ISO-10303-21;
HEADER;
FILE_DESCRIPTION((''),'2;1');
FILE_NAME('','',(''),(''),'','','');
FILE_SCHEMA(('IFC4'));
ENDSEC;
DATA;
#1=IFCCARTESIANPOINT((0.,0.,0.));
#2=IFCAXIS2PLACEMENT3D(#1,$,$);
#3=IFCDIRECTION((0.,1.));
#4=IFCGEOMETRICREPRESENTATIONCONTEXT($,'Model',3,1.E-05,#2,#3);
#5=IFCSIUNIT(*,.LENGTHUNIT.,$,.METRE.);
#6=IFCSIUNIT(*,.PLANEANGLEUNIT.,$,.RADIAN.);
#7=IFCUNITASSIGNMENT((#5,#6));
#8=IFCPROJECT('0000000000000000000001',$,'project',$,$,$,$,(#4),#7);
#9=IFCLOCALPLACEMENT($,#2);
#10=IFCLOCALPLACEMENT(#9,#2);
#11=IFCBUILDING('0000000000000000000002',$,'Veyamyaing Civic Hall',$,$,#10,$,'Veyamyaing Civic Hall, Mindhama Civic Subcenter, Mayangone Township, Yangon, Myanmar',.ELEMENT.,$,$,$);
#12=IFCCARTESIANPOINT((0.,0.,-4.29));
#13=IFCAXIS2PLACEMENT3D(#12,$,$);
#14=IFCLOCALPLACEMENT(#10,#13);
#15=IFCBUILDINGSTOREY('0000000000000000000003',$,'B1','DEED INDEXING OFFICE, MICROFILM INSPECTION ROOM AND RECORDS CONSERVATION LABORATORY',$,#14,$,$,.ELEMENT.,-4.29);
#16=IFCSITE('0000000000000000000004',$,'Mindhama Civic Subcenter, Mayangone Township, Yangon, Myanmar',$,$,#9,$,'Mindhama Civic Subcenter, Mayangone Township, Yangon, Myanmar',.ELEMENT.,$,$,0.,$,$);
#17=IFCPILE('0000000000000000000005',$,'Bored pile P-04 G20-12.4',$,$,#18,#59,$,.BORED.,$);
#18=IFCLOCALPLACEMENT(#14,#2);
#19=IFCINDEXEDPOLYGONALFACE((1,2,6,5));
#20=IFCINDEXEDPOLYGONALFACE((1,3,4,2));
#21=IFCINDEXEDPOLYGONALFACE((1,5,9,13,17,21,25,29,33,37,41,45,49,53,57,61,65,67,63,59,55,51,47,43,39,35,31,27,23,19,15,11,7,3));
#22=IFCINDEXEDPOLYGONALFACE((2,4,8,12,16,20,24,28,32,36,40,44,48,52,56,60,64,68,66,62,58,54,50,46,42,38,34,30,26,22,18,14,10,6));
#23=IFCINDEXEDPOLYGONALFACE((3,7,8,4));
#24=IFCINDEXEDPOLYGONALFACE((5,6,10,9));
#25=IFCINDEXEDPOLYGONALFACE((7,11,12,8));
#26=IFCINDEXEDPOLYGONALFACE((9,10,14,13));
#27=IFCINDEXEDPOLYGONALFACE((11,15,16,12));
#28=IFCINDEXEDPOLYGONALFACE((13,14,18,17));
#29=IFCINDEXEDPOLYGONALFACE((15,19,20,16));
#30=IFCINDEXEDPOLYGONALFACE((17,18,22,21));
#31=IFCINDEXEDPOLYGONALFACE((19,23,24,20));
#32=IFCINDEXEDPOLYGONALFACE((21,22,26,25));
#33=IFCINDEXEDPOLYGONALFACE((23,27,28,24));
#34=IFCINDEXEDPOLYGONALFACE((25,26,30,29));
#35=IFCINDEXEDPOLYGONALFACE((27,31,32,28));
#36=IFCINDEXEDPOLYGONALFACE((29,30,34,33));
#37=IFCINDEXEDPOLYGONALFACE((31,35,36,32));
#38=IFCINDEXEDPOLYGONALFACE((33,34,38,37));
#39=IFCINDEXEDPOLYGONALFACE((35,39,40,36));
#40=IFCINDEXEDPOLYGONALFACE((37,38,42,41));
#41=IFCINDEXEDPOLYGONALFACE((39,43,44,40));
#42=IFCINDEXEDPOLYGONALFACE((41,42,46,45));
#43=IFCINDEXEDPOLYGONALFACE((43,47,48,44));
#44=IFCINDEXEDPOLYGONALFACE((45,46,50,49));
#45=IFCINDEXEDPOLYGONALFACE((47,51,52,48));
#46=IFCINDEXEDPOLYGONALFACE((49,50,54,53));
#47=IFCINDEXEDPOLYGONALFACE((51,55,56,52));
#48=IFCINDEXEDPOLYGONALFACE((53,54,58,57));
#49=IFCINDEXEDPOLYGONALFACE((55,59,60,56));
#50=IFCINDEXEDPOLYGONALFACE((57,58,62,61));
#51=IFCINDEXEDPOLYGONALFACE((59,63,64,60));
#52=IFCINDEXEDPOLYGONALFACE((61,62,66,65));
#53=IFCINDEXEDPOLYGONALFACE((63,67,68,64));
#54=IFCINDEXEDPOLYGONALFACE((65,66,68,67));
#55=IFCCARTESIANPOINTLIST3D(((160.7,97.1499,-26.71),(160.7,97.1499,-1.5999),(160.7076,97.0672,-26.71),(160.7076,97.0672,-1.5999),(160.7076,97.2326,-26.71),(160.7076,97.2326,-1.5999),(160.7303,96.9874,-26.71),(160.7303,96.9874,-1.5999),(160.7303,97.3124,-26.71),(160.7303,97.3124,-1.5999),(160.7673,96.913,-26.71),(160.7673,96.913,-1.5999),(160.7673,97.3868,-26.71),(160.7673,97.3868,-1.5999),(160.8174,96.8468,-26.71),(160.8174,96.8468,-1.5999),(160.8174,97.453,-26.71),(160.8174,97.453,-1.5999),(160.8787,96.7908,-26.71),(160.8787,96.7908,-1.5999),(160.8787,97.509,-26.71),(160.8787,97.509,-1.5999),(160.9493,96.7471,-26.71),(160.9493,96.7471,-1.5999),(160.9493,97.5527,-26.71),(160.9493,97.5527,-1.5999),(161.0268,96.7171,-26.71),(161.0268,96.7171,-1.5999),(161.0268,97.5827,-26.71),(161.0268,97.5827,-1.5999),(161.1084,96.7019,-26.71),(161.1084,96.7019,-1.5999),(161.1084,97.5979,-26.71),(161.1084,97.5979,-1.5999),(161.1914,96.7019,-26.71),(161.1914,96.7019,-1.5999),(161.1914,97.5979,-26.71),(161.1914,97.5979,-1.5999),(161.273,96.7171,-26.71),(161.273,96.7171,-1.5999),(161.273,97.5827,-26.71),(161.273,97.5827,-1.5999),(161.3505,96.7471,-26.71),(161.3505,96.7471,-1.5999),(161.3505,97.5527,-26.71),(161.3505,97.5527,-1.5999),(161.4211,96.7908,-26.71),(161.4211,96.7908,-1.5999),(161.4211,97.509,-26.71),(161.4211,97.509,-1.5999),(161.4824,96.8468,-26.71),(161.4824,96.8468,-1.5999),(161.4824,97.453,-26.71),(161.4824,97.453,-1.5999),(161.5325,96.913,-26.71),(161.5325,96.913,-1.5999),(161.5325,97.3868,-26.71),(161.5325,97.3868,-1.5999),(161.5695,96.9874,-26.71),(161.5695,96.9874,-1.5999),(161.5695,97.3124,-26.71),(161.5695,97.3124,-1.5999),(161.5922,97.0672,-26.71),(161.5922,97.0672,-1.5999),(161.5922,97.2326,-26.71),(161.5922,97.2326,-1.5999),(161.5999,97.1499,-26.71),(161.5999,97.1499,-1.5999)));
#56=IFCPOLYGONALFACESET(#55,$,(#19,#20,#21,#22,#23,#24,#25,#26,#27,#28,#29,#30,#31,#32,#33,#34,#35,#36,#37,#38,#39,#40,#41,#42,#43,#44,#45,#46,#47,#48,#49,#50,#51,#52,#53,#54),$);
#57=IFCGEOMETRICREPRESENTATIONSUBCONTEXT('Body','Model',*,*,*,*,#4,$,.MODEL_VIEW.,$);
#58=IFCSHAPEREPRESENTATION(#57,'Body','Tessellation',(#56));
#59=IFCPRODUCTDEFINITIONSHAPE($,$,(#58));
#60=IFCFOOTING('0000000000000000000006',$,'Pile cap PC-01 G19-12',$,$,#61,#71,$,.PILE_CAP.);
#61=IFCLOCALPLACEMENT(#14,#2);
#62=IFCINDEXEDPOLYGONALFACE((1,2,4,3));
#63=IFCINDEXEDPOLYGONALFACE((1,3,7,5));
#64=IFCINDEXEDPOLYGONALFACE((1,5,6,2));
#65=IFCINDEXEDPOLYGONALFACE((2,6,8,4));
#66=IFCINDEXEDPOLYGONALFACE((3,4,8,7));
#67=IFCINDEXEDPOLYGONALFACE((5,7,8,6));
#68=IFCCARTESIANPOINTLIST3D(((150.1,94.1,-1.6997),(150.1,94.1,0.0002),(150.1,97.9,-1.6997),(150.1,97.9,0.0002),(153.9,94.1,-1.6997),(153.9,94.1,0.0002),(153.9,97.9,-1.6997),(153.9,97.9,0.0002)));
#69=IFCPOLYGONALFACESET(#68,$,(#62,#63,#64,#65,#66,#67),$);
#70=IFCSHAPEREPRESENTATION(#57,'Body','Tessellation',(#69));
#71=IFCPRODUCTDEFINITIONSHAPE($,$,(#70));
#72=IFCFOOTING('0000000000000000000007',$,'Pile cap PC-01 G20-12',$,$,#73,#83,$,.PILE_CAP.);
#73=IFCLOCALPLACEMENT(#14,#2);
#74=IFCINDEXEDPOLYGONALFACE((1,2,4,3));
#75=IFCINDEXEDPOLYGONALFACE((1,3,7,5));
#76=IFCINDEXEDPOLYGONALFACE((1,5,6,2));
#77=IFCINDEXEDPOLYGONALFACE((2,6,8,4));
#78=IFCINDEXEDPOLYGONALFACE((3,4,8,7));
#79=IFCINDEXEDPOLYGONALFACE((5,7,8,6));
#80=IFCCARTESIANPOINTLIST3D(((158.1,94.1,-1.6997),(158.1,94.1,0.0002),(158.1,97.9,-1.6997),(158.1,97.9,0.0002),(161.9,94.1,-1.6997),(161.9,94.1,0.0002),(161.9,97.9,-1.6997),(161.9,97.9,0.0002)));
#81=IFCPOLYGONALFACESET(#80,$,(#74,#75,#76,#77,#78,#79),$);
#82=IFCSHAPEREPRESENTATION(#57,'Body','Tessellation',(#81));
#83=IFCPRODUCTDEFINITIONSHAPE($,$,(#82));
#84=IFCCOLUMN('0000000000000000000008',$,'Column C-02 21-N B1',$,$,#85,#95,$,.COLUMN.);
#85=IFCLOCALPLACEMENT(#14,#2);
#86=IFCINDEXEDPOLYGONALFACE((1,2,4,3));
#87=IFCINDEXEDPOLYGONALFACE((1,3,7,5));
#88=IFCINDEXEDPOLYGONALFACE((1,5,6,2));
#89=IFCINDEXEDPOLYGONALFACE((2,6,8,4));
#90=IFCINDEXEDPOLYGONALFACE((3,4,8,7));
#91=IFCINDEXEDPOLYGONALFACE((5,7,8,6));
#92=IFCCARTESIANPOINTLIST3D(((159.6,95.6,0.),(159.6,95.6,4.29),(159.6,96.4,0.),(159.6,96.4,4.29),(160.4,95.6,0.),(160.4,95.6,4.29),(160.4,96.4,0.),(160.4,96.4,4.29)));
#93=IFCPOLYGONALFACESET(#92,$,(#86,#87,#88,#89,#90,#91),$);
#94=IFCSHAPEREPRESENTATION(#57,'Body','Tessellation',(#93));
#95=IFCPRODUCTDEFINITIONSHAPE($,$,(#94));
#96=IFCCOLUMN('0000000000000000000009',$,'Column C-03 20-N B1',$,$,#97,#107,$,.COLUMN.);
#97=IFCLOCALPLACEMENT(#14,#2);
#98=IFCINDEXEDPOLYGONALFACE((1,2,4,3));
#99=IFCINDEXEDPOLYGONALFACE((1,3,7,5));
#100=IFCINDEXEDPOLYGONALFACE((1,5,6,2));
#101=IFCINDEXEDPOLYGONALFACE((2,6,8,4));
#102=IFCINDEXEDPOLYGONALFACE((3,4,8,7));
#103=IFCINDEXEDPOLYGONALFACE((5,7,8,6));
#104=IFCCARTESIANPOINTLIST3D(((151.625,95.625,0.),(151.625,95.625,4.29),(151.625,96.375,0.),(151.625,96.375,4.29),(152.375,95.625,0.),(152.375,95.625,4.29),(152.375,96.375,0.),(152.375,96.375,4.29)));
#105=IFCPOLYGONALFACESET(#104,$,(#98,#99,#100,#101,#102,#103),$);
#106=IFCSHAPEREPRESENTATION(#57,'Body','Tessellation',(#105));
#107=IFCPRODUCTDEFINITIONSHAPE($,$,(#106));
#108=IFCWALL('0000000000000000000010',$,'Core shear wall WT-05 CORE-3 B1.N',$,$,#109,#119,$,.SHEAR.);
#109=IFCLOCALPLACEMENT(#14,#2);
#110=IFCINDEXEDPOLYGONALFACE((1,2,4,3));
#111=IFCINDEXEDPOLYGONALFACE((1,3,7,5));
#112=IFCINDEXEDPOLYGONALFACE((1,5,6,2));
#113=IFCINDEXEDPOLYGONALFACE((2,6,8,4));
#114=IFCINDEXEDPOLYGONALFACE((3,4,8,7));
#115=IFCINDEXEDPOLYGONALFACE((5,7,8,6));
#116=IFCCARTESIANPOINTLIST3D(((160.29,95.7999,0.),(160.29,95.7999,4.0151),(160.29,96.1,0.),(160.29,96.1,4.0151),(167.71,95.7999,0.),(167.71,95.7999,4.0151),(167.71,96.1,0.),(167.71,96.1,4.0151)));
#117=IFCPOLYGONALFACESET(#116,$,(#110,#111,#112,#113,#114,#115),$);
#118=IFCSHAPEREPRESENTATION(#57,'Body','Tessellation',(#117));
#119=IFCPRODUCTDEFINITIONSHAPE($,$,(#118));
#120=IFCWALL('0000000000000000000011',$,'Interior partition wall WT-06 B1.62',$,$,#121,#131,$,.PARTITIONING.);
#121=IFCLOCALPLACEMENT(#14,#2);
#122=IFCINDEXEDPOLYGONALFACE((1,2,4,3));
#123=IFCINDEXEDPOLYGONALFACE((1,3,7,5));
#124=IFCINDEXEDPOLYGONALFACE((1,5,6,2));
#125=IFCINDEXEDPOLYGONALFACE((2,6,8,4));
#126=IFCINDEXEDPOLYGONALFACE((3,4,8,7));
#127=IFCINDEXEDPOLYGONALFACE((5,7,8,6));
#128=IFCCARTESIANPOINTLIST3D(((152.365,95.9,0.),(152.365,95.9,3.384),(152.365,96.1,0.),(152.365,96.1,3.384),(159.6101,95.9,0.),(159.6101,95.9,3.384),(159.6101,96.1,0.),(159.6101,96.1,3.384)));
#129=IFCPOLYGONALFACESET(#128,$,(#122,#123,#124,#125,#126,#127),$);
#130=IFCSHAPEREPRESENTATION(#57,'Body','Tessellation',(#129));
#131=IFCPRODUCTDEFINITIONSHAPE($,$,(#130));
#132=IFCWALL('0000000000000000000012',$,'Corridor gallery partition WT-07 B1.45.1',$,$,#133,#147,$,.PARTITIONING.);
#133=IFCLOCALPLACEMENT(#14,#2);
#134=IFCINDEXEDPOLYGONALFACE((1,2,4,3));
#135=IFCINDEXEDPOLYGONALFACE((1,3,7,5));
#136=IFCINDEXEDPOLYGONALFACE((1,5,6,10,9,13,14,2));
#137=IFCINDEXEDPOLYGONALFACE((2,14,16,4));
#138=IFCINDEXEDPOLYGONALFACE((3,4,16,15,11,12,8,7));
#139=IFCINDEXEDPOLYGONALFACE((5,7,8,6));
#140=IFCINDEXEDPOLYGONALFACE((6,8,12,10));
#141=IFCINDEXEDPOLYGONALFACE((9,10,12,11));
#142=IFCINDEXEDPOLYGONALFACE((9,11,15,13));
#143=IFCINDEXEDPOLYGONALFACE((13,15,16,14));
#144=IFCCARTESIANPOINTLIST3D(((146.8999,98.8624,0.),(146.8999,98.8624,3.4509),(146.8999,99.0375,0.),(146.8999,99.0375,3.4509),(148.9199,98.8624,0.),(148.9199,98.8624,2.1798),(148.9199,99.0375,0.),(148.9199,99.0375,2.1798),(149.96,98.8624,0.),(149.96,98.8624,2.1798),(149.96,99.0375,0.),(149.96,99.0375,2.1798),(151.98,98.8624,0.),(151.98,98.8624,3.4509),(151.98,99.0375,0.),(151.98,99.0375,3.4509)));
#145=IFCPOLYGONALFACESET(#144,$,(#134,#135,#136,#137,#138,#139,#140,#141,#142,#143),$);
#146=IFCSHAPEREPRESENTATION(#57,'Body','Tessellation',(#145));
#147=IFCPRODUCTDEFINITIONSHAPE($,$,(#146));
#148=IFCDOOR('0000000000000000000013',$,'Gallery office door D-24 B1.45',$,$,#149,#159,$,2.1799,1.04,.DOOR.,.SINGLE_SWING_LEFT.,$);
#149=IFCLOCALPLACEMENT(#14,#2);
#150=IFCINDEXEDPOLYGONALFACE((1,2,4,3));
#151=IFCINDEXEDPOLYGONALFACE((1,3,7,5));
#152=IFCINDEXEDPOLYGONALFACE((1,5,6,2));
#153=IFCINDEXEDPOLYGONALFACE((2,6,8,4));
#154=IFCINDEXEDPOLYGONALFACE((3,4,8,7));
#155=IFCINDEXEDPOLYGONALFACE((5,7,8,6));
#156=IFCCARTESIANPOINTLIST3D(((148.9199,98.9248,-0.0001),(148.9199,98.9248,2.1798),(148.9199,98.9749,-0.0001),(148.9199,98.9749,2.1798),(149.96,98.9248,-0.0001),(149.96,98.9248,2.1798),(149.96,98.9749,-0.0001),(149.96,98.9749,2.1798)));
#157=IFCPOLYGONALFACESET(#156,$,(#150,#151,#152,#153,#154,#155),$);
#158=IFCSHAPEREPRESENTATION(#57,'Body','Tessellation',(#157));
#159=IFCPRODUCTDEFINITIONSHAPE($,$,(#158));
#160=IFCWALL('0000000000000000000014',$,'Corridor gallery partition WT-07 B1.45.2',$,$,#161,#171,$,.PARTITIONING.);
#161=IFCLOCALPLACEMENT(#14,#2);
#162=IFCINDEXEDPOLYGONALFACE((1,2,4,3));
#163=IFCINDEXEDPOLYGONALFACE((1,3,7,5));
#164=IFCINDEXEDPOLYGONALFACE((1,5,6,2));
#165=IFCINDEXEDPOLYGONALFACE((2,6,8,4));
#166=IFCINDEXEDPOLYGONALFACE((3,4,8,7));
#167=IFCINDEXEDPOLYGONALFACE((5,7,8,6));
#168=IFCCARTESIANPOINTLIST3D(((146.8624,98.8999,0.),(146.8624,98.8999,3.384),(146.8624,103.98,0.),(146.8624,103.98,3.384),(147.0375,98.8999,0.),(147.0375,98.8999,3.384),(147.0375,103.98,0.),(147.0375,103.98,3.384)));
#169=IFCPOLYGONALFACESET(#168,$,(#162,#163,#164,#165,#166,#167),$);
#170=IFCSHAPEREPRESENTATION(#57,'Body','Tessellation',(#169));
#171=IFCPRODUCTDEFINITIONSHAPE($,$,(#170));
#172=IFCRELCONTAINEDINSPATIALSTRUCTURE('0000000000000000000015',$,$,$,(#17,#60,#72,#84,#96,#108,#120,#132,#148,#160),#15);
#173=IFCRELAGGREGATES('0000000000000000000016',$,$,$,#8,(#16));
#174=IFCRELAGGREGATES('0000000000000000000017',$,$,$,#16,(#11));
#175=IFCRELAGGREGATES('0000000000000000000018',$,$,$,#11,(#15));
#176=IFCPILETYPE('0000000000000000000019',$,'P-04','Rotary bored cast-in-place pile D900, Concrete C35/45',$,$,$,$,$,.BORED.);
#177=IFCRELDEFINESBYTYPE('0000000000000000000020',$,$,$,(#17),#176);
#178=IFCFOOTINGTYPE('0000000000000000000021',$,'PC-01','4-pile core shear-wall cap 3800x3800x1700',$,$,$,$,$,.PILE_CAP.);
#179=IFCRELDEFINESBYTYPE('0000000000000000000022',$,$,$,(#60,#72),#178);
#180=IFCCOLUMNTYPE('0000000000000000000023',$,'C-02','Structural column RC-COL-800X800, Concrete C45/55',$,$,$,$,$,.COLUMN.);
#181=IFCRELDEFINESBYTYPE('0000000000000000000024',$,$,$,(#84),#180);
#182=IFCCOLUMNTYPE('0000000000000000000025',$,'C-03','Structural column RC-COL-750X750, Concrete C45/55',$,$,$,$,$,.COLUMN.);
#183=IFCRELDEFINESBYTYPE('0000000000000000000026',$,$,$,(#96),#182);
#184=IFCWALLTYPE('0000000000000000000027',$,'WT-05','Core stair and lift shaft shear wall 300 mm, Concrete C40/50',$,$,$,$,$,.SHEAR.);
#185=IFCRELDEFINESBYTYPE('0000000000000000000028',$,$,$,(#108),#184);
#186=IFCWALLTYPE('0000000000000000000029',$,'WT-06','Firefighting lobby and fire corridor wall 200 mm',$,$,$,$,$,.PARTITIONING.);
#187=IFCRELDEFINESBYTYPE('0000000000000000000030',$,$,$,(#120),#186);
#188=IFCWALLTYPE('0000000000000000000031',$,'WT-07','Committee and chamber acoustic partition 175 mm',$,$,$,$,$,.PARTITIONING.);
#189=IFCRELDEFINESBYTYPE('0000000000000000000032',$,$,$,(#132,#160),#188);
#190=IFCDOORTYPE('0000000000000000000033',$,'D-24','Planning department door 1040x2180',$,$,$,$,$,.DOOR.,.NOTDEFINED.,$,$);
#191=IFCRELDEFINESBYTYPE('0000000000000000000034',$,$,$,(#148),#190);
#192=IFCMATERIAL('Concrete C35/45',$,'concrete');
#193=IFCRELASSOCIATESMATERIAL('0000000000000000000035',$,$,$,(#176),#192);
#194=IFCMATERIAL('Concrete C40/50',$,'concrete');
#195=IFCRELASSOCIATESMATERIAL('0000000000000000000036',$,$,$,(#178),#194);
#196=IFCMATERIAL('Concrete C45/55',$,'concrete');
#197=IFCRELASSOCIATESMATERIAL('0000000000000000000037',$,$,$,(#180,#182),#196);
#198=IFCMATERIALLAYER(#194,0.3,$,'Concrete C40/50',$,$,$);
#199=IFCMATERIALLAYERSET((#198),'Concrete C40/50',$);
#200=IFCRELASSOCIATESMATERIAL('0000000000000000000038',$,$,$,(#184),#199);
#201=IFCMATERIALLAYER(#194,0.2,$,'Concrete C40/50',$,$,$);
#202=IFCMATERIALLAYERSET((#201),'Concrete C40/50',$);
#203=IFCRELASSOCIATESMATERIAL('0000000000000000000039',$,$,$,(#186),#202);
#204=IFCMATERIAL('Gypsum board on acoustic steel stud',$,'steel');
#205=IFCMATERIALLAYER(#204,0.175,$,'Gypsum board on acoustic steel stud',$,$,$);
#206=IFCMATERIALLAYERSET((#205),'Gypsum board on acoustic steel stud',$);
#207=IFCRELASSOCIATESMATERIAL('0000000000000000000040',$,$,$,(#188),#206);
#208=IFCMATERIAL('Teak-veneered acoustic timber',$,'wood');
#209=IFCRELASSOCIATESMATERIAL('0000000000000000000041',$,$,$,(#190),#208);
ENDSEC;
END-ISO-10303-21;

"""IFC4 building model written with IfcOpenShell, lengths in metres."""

from ifc_helpers import new_model, si_unit, direction, frame, frame_2d, origin, origin_2d, place, context, subcontext, project, spatial, rectangle, circle, extrude, material, layer, layer_set, material_profile, profile_set, type_object, element, fill, save


model = new_model("IFC4")

# Units and contexts
model_context = context("Model", 3, precision=1e-05, world=origin(), true_north=direction((0.0, 1.0)))
body_context = subcontext(model_context, "Body", "Model", "MODEL_VIEW")
ifc_project = project(units=[si_unit("LENGTHUNIT", "METRE"), si_unit("PLANEANGLEUNIT", "RADIAN")], contexts=[model_context])

# Site, building, storey
site_placement = place(None, origin())
site = spatial("IfcSite", under=ifc_project, at=site_placement, Name="Mindhama Civic Subcenter, Mayangone Township, Yangon, Myanmar", LongName="Mindhama Civic Subcenter, Mayangone Township, Yangon, Myanmar", CompositionType="ELEMENT", RefElevation=0.0)
building_placement = place(site_placement, origin())
building = spatial("IfcBuilding", under=site, at=building_placement, Name="Veyamyaing Civic Hall", LongName="Veyamyaing Civic Hall, Mindhama Civic Subcenter, Mayangone Township, Yangon, Myanmar", CompositionType="ELEMENT")
storey_placement = place(building_placement, frame((0.0, 0.0, -4.29)))
storey = spatial("IfcBuildingStorey", under=building, at=storey_placement, Name="B1", Description="DEED INDEXING OFFICE, MICROFILM INSPECTION ROOM AND RECORDS CONSERVATION LABORATORY", CompositionType="ELEMENT", Elevation=-4.29)

# Shared definitions
ifc_material_1 = material(Name="Concrete C40/50", Category="concrete")

# Pile
ifc_material_2 = material(Name="Concrete C35/45", Category="concrete")
ifc_material_profile_1 = material_profile(ifc_material_2, circle(Radius=0.45, at=origin_2d()), Name="PILE-D900")
ifc_profile_set_1 = profile_set([ifc_material_profile_1], Name="Concrete C35/45")
pile_type = type_object("IfcPileType", Name="P-04", Description="Rotary bored cast-in-place pile D900, Concrete C35/45", PredefinedType="BORED", material=ifc_profile_set_1)
for number, where, z_axis, x_axis, name in (
    (1, (161.1499, 97.1499, -1.5999), (0.0, 0.0, -1.0), (1.0, 0.0, 0.0), "Bored pile P-04 G20-12.4"),
):
    element("IfcPile", number, at=place(storey_placement, frame(where, z_axis=z_axis, x_axis=x_axis)), inside=storey, type_object=pile_type, Name=name, PredefinedType="BORED", context=body_context, shape_type="SweptSolid", body=[
        extrude(circle(Radius=0.45, at=origin_2d()), origin(), (0.0, 0.0, 1.0), 25.1101),
    ])

# Footings
footing_type_1 = type_object("IfcFootingType", Name="PC-01", Description="4-pile core shear-wall cap 3800x3800x1700", PredefinedType="PILE_CAP", material=ifc_material_1)
for number, where, z_axis, x_axis, name in (
    (2, (152.0, 96.0, -1.6997), (0.0, 0.0, 1.0), (1.0, 0.0, 0.0), "Pile cap PC-01 G19-12"),
    (3, (160.0, 96.0, -1.6997), (0.0, 0.0, 1.0), (1.0, 0.0, 0.0), "Pile cap PC-01 G20-12"),
):
    element("IfcFooting", number, at=place(storey_placement, frame(where, z_axis=z_axis, x_axis=x_axis)), inside=storey, type_object=footing_type_1, Name=name, PredefinedType="PILE_CAP", context=body_context, shape_type="SweptSolid", body=[
        extrude(rectangle(XDim=3.8, YDim=3.8, at=origin_2d()), origin(), (0.0, 0.0, 1.0), 1.7),
    ])

# Columns
ifc_material_3 = material(Name="Concrete C45/55", Category="concrete")
ifc_material_profile_2 = material_profile(ifc_material_3, rectangle(XDim=0.8, YDim=0.8, at=origin_2d()), Name="RC-COL-800X800")
ifc_profile_set_2 = profile_set([ifc_material_profile_2], Name="Concrete C45/55")
column_type_1 = type_object("IfcColumnType", Name="C-02", Description="Structural column RC-COL-800X800, Concrete C45/55", PredefinedType="COLUMN", material=ifc_profile_set_2)
column_1_placement = place(storey_placement, frame((160.0, 96.0, 0.0), z_axis=(0.0, 0.0, 1.0), x_axis=(1.0, 0.0, 0.0)))
element("IfcColumn", 4, at=column_1_placement, inside=storey, type_object=column_type_1, Name="Column C-02 21-N B1", PredefinedType="COLUMN", context=body_context, shape_type="SweptSolid", body=[
    extrude(rectangle(XDim=0.8, YDim=0.8, at=origin_2d()), origin(), (0.0, 0.0, 1.0), 4.29),
])
ifc_material_profile_3 = material_profile(ifc_material_3, rectangle(XDim=0.75, YDim=0.75, at=origin_2d()), Name="RC-COL-750X750")
ifc_profile_set_3 = profile_set([ifc_material_profile_3], Name="Concrete C45/55")
column_type_2 = type_object("IfcColumnType", Name="C-03", Description="Structural column RC-COL-750X750, Concrete C45/55", PredefinedType="COLUMN", material=ifc_profile_set_3)
column_2_placement = place(storey_placement, frame((152.0, 96.0, 0.0), z_axis=(0.0, 0.0, 1.0), x_axis=(1.0, 0.0, 0.0)))
element("IfcColumn", 5, at=column_2_placement, inside=storey, type_object=column_type_2, Name="Column C-03 20-N B1", PredefinedType="COLUMN", context=body_context, shape_type="SweptSolid", body=[
    extrude(rectangle(XDim=0.75, YDim=0.75, at=origin_2d()), origin(), (0.0, 0.0, 1.0), 4.29),
])

# Walls
ifc_layer_1 = layer(ifc_material_1, 0.3, Name="Concrete C40/50")
ifc_layer_set_1 = layer_set([ifc_layer_1], Name="Concrete C40/50")
wall_type_1 = type_object("IfcWallType", Name="WT-05", Description="Core stair and lift shaft shear wall 300 mm, Concrete C40/50", PredefinedType="SHEAR", material=ifc_layer_set_1)
wall_1_placement = place(storey_placement, frame((160.29, 95.95, 0.0), z_axis=(0.0, 0.0, 1.0), x_axis=(1.0, 0.0, 0.0)))
element("IfcWall", 6, at=wall_1_placement, inside=storey, type_object=wall_type_1, Name="Core shear wall WT-05 CORE-3 B1.N", PredefinedType="SHEAR", context=body_context, shape_type="SweptSolid", body=[
    extrude(rectangle(XDim=7.4199, YDim=0.3, at=frame_2d((3.71, 0.0))), origin(), (0.0, 0.0, 1.0), 4.0151),
])
ifc_layer_2 = layer(ifc_material_1, 0.2, Name="Concrete C40/50")
ifc_layer_set_2 = layer_set([ifc_layer_2], Name="Concrete C40/50")
wall_type_2 = type_object("IfcWallType", Name="WT-06", Description="Firefighting lobby and fire corridor wall 200 mm", PredefinedType="PARTITIONING", material=ifc_layer_set_2)
wall_2_placement = place(storey_placement, frame((152.365, 96.0, 0.0), z_axis=(0.0, 0.0, 1.0), x_axis=(1.0, 0.0, 0.0)))
element("IfcWall", 7, at=wall_2_placement, inside=storey, type_object=wall_type_2, Name="Interior partition wall WT-06 B1.62", PredefinedType="PARTITIONING", context=body_context, shape_type="SweptSolid", body=[
    extrude(rectangle(XDim=7.2451, YDim=0.2, at=frame_2d((3.6226, 0.0))), origin(), (0.0, 0.0, 1.0), 3.384),
])

# Wall, opening, door
ifc_material_4 = material(Name="Gypsum board on acoustic steel stud", Category="steel")
ifc_layer_3 = layer(ifc_material_4, 0.175, Name="Gypsum board on acoustic steel stud")
ifc_layer_set_3 = layer_set([ifc_layer_3], Name="Gypsum board on acoustic steel stud")
wall_type_3 = type_object("IfcWallType", Name="WT-07", Description="Committee and chamber acoustic partition 175 mm", PredefinedType="PARTITIONING", material=ifc_layer_set_3)
wall_3_placement = place(storey_placement, frame((146.8999, 98.95, 0.0), z_axis=(0.0, 0.0, 1.0), x_axis=(1.0, 0.0, 0.0)))
wall_3 = element("IfcWall", 8, at=wall_3_placement, inside=storey, type_object=wall_type_3, Name="Corridor gallery partition WT-07 B1.45.1", PredefinedType="PARTITIONING", context=body_context, shape_type="SweptSolid", body=[
    extrude(rectangle(XDim=5.0801, YDim=0.175, at=frame_2d((2.54, 0.0))), origin(), (0.0, 0.0, 1.0), 3.4509),
])
opening_1_placement = place(wall_3_placement, frame((2.02, 0.0, 0.0)))
opening_1 = element("IfcOpeningElement", 9, at=opening_1_placement, cuts=wall_3, PredefinedType="OPENING", context=body_context, shape_type="SweptSolid", body=[
    extrude(rectangle(XDim=1.04, YDim=2.1799, at=frame_2d((0.52, 1.0898))), frame((0.0, 0.0974, 0.0), z_axis=(0.0, -1.0, 0.0), x_axis=(1.0, 0.0, 0.0)), (0.0, 0.0, 1.0), 0.1951),
])
ifc_material_5 = material(Name="Teak-veneered acoustic timber", Category="wood")
door_type_1 = type_object("IfcDoorType", Name="D-24", Description="Planning department door 1040x2180", OperationType="NOTDEFINED", PredefinedType="DOOR", material=ifc_material_5)
door_1_placement = place(opening_1_placement, origin())
door_1 = element("IfcDoor", 10, at=door_1_placement, inside=storey, type_object=door_type_1, Name="Gallery office door D-24 B1.45", OperationType="SINGLE_SWING_LEFT", OverallHeight=2.1799, OverallWidth=1.04, PredefinedType="DOOR", context=body_context, shape_type="SweptSolid", body=[
    extrude(rectangle(XDim=1.04, YDim=2.1799, at=frame_2d((0.52, 1.0898))), frame((0.0, 0.0249, 0.0), z_axis=(0.0, -1.0, 0.0), x_axis=(1.0, 0.0, 0.0)), (0.0, 0.0, 1.0), 0.05),
])
fill(opening_1, door_1)

# Wall
wall_4_placement = place(storey_placement, frame((146.95, 98.8999, 0.0), z_axis=(0.0, 0.0, 1.0), x_axis=(0.0, 1.0, 0.0)))
element("IfcWall", 11, at=wall_4_placement, inside=storey, type_object=wall_type_3, Name="Corridor gallery partition WT-07 B1.45.2", PredefinedType="PARTITIONING", context=body_context, shape_type="SweptSolid", body=[
    extrude(rectangle(XDim=5.0801, YDim=0.175, at=frame_2d((2.54, 0.0))), origin(), (0.0, 0.0, 1.0), 3.384),
])

save(model, "model.ifc")
